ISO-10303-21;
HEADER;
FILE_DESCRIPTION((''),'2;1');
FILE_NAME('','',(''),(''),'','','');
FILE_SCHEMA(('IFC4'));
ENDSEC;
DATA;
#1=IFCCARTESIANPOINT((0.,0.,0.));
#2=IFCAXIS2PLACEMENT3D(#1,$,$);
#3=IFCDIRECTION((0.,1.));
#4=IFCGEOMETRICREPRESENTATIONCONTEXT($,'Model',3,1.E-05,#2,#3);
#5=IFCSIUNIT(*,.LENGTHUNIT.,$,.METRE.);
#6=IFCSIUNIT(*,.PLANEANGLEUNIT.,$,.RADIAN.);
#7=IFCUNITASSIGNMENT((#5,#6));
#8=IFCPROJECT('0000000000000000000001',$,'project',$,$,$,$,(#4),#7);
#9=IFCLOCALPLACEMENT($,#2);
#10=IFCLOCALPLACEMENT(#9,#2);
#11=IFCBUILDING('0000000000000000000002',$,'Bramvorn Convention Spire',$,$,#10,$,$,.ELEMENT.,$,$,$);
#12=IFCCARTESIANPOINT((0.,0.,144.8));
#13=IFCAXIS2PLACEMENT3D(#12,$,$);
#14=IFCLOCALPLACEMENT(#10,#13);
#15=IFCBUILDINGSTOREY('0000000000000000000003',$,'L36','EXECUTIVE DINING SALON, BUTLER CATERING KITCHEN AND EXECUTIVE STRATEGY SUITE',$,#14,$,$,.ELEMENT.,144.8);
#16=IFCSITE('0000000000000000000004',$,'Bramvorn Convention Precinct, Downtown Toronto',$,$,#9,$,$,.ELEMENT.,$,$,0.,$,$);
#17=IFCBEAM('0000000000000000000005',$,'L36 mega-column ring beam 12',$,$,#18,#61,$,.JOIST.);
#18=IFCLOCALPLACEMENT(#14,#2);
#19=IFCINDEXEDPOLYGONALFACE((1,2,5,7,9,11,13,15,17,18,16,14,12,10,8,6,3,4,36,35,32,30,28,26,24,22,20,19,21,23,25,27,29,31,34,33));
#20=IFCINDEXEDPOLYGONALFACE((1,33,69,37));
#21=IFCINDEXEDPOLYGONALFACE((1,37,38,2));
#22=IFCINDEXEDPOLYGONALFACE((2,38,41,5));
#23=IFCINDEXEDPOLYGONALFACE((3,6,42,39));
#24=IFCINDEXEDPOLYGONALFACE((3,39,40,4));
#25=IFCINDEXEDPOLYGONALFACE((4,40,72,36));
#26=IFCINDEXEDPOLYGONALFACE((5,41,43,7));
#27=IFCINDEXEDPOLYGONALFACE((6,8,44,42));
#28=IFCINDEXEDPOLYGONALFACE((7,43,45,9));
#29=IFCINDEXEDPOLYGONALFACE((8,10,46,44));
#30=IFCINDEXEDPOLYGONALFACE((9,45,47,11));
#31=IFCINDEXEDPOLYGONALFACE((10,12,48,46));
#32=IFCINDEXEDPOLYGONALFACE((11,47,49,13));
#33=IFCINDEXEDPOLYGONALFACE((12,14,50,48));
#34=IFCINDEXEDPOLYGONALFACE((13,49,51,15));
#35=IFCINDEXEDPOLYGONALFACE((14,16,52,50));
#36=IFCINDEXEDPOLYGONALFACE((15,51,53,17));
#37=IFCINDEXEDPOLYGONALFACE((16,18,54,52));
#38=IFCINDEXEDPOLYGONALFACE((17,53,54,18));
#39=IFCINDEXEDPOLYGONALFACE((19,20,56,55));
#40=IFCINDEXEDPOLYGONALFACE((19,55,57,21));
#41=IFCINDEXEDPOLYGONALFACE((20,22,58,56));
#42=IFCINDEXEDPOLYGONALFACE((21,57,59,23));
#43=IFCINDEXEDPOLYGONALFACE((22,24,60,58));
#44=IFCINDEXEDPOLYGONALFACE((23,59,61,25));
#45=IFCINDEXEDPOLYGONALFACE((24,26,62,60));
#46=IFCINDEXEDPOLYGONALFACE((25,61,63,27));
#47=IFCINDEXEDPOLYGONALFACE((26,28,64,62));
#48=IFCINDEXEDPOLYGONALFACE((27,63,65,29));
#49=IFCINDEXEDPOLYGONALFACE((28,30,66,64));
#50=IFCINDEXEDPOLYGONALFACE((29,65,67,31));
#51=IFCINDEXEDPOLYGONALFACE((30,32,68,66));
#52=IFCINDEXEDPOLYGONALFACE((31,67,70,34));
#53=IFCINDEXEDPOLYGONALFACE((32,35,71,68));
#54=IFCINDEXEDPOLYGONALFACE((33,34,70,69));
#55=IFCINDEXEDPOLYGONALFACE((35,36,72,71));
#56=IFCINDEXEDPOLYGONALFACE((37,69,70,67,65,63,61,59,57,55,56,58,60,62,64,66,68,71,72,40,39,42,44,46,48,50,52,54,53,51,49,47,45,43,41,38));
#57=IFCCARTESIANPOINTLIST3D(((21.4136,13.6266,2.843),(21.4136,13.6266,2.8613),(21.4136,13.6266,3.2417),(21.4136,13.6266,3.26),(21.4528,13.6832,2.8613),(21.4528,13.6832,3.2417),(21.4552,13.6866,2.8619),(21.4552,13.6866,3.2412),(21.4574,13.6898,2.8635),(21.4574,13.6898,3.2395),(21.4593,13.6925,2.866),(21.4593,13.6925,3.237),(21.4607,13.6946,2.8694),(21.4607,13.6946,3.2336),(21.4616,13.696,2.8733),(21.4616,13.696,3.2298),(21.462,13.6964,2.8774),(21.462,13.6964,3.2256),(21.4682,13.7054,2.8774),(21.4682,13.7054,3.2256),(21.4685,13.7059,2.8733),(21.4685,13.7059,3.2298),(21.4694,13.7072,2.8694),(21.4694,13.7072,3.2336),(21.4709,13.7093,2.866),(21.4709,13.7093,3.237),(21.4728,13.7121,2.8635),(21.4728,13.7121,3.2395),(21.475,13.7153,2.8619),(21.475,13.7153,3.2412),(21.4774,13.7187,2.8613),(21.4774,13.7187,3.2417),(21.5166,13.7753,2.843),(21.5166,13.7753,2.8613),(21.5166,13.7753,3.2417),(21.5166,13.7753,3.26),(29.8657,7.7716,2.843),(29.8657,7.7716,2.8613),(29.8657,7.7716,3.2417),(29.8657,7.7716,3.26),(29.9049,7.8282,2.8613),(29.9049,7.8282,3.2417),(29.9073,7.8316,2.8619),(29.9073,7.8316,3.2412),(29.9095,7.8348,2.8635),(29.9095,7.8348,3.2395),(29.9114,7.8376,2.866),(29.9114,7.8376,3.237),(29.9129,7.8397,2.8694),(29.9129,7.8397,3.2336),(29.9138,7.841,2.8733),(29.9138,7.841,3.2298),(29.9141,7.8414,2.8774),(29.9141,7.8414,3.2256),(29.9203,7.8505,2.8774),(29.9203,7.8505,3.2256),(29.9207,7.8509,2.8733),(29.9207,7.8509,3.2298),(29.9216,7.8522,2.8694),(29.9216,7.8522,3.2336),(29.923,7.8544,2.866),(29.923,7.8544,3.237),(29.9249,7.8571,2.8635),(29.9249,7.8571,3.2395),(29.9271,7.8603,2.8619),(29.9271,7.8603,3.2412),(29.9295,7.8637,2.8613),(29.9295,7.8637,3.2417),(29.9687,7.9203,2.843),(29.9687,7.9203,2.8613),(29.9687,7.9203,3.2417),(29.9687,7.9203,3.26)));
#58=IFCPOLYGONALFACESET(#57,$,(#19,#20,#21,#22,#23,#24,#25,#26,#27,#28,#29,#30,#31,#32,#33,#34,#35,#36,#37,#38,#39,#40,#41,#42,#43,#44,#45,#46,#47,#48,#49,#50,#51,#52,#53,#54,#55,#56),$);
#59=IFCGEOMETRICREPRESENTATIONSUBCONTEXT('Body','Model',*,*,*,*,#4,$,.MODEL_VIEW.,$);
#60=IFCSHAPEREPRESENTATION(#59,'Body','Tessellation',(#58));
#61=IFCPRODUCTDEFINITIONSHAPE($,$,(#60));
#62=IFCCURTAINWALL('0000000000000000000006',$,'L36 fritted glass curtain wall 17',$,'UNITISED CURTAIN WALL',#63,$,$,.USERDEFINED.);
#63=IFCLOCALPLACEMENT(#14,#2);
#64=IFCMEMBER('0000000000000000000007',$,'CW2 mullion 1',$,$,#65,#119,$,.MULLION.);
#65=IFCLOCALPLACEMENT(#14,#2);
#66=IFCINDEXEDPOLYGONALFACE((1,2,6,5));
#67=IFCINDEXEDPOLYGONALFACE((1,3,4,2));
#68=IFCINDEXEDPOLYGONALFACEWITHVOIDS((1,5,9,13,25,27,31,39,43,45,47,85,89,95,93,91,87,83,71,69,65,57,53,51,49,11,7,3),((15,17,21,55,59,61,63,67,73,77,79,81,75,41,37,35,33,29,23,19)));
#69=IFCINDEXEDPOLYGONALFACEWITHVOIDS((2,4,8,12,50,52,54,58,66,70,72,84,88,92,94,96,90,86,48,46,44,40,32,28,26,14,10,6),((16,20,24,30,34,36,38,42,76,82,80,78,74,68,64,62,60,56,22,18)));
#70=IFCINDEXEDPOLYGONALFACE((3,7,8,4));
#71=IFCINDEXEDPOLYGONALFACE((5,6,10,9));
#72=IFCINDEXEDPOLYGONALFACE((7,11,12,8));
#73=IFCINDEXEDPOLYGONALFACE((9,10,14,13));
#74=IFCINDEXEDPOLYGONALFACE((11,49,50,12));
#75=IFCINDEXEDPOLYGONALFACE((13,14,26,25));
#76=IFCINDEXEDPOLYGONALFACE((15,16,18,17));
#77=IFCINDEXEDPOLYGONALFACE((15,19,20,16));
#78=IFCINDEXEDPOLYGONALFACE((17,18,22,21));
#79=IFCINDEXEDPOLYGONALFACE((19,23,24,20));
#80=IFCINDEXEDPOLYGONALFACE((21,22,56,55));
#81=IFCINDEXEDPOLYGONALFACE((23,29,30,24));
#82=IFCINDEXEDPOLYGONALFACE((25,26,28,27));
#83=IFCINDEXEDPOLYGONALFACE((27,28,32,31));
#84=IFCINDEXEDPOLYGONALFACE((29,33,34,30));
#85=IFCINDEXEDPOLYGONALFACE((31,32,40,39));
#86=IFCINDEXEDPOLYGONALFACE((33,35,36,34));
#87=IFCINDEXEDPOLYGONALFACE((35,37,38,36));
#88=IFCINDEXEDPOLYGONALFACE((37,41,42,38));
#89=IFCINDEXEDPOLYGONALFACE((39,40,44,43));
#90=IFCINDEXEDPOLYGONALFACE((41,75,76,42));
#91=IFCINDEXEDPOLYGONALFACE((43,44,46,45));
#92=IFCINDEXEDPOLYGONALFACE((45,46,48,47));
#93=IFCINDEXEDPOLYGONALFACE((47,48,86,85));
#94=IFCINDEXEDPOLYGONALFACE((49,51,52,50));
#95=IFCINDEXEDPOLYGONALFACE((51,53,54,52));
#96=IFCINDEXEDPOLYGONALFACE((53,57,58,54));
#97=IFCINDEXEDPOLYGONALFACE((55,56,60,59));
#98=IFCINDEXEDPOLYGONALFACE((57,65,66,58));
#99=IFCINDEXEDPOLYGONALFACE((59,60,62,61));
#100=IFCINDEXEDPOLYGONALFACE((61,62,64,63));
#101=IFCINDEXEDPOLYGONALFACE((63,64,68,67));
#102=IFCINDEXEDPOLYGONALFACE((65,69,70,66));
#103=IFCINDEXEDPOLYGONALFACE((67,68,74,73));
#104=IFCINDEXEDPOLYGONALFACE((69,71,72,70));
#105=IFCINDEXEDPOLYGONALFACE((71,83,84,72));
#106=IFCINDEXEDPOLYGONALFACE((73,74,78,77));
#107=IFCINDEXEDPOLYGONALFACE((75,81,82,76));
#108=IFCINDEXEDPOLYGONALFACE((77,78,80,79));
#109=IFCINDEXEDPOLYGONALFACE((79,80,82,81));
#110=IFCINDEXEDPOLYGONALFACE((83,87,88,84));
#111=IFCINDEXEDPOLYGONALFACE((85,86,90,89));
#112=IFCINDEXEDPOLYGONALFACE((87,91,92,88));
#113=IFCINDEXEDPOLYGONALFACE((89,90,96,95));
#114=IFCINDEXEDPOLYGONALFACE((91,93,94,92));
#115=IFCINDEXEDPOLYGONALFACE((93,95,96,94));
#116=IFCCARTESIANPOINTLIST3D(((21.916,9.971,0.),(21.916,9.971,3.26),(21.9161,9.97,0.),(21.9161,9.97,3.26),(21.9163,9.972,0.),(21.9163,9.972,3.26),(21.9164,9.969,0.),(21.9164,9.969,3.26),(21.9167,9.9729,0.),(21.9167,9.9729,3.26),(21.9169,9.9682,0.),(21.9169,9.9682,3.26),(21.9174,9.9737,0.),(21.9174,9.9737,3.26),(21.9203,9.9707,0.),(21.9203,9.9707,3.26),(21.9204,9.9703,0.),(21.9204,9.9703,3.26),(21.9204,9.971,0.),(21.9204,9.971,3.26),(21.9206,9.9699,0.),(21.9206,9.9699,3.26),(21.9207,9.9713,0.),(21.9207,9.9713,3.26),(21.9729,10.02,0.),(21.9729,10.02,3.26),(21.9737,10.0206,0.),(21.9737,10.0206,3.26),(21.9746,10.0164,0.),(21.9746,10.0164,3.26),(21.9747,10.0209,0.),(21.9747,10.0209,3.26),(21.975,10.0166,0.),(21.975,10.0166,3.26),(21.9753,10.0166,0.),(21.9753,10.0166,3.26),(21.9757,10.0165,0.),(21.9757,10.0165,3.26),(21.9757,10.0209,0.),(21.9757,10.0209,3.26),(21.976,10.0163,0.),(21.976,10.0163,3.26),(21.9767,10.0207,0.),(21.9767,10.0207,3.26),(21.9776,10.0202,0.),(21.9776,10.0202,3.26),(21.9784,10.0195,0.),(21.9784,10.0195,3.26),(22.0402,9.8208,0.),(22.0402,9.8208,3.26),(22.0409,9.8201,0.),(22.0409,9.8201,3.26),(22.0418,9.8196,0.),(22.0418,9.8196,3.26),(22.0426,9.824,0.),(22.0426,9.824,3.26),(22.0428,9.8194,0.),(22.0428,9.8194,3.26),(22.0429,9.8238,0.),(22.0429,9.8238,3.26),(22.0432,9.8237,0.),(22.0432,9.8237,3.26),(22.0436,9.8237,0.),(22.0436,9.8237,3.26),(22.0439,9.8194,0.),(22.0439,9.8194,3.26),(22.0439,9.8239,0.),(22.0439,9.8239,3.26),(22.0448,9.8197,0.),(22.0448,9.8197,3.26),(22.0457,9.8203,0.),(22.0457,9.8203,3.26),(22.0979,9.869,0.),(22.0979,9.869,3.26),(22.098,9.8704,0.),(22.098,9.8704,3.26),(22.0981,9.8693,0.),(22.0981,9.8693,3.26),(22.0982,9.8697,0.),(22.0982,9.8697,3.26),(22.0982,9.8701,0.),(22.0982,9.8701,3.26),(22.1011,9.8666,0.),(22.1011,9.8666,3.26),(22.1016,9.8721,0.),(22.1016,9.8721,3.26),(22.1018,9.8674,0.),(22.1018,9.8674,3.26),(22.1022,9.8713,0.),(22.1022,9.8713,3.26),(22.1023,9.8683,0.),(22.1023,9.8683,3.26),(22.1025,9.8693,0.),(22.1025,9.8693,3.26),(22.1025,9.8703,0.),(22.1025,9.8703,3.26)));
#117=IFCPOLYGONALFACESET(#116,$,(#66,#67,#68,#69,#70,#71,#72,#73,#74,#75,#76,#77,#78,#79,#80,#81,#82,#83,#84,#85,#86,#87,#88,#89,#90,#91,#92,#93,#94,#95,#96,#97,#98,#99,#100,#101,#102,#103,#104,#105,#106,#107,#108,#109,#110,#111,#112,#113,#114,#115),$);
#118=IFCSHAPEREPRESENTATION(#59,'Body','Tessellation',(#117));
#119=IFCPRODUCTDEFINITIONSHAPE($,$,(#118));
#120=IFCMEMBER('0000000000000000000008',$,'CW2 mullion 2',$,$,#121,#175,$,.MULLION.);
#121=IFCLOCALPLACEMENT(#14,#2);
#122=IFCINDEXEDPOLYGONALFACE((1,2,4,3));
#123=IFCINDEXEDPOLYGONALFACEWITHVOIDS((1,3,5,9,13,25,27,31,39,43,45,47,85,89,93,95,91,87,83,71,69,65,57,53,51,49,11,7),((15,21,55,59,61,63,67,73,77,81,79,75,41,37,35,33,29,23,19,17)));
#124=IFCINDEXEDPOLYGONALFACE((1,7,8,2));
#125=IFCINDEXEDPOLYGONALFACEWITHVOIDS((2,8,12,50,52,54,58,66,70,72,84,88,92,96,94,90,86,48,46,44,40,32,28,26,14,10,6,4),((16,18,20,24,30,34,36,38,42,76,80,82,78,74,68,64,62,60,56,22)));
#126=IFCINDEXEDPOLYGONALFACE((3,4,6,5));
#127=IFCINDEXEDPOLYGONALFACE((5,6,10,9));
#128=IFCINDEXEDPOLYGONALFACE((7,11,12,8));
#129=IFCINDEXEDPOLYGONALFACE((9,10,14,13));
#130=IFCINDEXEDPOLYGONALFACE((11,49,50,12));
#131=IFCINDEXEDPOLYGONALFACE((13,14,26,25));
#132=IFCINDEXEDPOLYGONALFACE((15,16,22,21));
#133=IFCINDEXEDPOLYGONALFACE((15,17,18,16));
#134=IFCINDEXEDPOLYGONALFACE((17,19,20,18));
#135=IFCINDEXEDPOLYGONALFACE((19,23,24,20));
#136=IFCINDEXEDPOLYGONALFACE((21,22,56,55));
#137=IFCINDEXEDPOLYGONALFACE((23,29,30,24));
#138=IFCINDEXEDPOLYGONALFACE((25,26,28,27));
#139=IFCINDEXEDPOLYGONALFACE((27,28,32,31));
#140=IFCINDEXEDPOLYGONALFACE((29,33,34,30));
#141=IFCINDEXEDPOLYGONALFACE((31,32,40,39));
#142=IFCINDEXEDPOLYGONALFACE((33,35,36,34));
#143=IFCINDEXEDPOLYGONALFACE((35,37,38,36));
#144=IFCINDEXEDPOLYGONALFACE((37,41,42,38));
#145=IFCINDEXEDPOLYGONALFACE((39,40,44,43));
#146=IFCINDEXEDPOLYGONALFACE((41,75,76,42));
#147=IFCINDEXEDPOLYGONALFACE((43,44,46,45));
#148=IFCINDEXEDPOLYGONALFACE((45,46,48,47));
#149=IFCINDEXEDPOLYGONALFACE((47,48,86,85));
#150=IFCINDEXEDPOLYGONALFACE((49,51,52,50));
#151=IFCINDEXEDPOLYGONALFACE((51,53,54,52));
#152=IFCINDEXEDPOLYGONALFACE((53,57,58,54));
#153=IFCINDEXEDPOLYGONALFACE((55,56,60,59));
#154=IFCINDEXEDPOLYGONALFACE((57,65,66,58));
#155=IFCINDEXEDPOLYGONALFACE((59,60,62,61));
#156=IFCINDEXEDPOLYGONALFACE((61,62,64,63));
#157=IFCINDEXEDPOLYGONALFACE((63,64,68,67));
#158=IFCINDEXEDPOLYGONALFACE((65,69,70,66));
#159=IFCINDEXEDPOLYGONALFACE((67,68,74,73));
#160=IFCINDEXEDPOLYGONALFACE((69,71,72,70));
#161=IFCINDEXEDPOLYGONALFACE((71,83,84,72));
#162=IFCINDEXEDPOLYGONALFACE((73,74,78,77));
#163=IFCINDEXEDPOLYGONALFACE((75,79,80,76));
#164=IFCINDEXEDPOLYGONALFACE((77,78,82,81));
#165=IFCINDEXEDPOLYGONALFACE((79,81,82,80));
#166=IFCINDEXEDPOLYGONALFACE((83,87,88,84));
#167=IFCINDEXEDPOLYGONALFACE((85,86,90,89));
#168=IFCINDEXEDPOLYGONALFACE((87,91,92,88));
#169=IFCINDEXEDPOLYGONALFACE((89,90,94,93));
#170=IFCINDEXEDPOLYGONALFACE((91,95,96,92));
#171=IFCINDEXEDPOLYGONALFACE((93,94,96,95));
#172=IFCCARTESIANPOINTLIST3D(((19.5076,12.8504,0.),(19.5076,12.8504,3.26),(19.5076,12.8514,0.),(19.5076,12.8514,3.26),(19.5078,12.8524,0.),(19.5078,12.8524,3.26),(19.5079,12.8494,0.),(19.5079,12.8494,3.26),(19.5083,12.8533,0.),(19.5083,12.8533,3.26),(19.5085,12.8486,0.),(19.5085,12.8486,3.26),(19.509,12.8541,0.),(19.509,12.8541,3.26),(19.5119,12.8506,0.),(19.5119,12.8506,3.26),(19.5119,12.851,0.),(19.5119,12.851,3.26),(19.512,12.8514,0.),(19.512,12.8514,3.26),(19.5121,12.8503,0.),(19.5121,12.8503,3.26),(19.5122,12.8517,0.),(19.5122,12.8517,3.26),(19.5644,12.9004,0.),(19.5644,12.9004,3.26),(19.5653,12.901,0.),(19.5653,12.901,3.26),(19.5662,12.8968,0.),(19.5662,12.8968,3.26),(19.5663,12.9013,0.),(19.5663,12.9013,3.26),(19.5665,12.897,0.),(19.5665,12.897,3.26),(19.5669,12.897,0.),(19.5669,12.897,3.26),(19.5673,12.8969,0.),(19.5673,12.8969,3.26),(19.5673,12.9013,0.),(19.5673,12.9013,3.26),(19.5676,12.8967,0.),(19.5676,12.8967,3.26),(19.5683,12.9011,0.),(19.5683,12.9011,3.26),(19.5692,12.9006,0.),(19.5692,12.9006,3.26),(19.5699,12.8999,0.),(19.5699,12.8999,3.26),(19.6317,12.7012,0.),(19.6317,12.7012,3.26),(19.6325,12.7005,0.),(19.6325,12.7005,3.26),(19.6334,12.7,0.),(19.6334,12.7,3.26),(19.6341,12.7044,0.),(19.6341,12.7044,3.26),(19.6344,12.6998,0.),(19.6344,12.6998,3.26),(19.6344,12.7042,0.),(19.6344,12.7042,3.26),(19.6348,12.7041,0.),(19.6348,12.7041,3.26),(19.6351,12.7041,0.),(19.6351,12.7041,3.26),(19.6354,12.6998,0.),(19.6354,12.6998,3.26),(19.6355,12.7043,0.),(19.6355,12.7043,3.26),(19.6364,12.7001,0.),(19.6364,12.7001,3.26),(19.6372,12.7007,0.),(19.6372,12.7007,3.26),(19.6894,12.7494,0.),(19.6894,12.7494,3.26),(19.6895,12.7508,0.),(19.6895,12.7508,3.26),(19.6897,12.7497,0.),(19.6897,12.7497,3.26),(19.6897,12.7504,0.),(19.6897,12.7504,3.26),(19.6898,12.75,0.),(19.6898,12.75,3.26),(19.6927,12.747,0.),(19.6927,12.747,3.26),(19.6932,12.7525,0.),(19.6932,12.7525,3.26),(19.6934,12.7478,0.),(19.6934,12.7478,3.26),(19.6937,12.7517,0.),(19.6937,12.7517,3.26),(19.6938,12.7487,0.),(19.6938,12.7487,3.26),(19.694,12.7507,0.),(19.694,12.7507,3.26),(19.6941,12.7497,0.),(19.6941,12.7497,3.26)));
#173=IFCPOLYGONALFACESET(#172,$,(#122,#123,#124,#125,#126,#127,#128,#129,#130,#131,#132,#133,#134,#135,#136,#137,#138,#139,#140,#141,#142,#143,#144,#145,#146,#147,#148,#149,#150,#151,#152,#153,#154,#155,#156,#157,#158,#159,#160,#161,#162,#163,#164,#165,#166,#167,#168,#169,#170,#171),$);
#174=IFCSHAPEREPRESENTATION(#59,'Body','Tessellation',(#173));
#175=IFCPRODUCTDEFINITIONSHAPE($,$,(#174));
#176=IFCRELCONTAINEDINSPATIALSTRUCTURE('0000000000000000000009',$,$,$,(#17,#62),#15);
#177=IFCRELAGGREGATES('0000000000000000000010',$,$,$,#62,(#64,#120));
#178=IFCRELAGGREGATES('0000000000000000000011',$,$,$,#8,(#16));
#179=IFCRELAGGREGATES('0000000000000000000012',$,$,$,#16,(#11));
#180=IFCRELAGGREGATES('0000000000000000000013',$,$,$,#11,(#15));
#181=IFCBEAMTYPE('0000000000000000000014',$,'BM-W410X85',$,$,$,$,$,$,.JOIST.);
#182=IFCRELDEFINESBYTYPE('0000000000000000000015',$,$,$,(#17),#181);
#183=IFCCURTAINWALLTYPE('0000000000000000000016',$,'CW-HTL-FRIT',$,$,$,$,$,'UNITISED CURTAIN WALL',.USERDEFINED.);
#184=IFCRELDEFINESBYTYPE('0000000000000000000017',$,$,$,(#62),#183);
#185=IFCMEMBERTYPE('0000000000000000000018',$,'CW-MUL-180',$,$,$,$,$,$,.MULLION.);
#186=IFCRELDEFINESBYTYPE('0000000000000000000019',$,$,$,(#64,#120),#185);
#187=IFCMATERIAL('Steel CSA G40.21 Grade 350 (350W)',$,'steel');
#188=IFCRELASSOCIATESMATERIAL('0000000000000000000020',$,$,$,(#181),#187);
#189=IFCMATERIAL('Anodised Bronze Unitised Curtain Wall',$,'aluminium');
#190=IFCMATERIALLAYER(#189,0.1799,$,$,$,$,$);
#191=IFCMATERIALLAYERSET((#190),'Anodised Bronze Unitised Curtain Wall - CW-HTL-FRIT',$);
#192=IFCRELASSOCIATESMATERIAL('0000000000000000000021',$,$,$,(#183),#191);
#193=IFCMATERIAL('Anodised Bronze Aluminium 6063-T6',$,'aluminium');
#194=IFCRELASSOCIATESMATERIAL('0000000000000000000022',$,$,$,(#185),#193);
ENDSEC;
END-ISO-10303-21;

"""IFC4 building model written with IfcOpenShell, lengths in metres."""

from ifc_helpers import new_model, si_unit, direction, frame, origin, origin_2d, place, context, subcontext, project, spatial, hollow_rectangle, i_section, extrude, material, layer, layer_set, material_profile, profile_set, type_object, element, aggregate, save


model = new_model("IFC4")

# Units and contexts
model_context = context("Model", 3, precision=1e-05, world=origin(), true_north=direction((0.0, 1.0)))
body_context = subcontext(model_context, "Body", "Model", "MODEL_VIEW")
ifc_project = project(units=[si_unit("LENGTHUNIT", "METRE"), si_unit("PLANEANGLEUNIT", "RADIAN")], contexts=[model_context])

# Site, building, storey
site_placement = place(None, origin())
site = spatial("IfcSite", under=ifc_project, at=site_placement, Name="Bramvorn Convention Precinct, Downtown Toronto", CompositionType="ELEMENT", RefElevation=0.0)
building_placement = place(site_placement, origin())
building = spatial("IfcBuilding", under=site, at=building_placement, Name="Bramvorn Convention Spire", CompositionType="ELEMENT")
storey_placement = place(building_placement, frame((0.0, 0.0, 144.8)))
storey = spatial("IfcBuildingStorey", under=building, at=storey_placement, Name="L36", Description="EXECUTIVE DINING SALON, BUTLER CATERING KITCHEN AND EXECUTIVE STRATEGY SUITE", CompositionType="ELEMENT", Elevation=144.8)

# Shared definitions
ifc_material_1 = material(Name="Steel CSA G40.21 Grade 350 (350W)", Category="steel")

# Beam
ifc_material_profile_1 = material_profile(ifc_material_1, i_section(OverallWidth=0.1809, OverallDepth=0.417, WebThickness=0.011, FlangeThickness=0.0183, FilletRadius=0.0161, at=origin_2d()))
ifc_profile_set_1 = profile_set([ifc_material_profile_1], Name="Steel CSA G40.21 Grade 350 (350W) - W410X85")
beam_type_1 = type_object("IfcBeamType", Name="BM-W410X85", PredefinedType="JOIST", material=ifc_profile_set_1)
beam_1_placement = place(storey_placement, frame((21.4651, 13.7009, 3.0515), z_axis=(0.822033, -0.56944, 0.0), x_axis=(0.56944, 0.822033, 0.0)))
element("IfcBeam", 1, at=beam_1_placement, inside=storey, type_object=beam_type_1, Name="L36 mega-column ring beam 12", PredefinedType="JOIST", context=body_context, shape_type="SweptSolid", body=[
    extrude(i_section(OverallWidth=0.1809, OverallDepth=0.417, WebThickness=0.011, FlangeThickness=0.0183, FilletRadius=0.0161, at=origin_2d()), origin(), (0.0, 0.0, 1.0), 10.282),
])

# Curtain wall, members
ifc_material_2 = material(Name="Anodised Bronze Unitised Curtain Wall", Category="aluminium")
ifc_layer_1 = layer(ifc_material_2, 0.1799)
ifc_layer_set_1 = layer_set([ifc_layer_1], Name="Anodised Bronze Unitised Curtain Wall - CW-HTL-FRIT")
curtain_wall_type = type_object("IfcCurtainWallType", Name="CW-HTL-FRIT", ElementType="UNITISED CURTAIN WALL", PredefinedType="USERDEFINED", material=ifc_layer_set_1)
curtain_wall_placement = place(storey_placement, origin())
curtain_wall = element("IfcCurtainWall", 2, at=curtain_wall_placement, inside=storey, type_object=curtain_wall_type, Name="L36 fritted glass curtain wall 17", ObjectType="UNITISED CURTAIN WALL", PredefinedType="USERDEFINED")
ifc_material_3 = material(Name="Anodised Bronze Aluminium 6063-T6", Category="aluminium")
ifc_material_profile_2 = material_profile(ifc_material_3, hollow_rectangle(XDim=0.0801, YDim=0.2, WallThickness=0.0039, InnerFilletRadius=0.001, OuterFilletRadius=0.0039, at=origin_2d()))
ifc_profile_set_2 = profile_set([ifc_material_profile_2], Name="Anodised Bronze Aluminium 6063-T6 - CWM80X200")
member_type_1 = type_object("IfcMemberType", Name="CW-MUL-180", PredefinedType="MULLION", material=ifc_profile_set_2)
member_1_placement = place(storey_placement, frame((22.0093, 9.9202, 0.0), z_axis=(0.0, 0.0, 1.0), x_axis=(-0.767161, -0.641454, 0.0)))
member_1 = element("IfcMember", 3, at=member_1_placement, type_object=member_type_1, Name="CW2 mullion 1", PredefinedType="MULLION", context=body_context, shape_type="SweptSolid", body=[
    extrude(hollow_rectangle(XDim=0.0801, YDim=0.2, WallThickness=0.0039, InnerFilletRadius=0.001, OuterFilletRadius=0.0039, at=origin_2d()), origin(), (0.0, 0.0, 1.0), 3.26),
])
member_2_placement = place(storey_placement, frame((19.6008, 12.8005, 0.0), z_axis=(0.0, 0.0, 1.0), x_axis=(-0.767161, -0.641454, 0.0)))
member_2 = element("IfcMember", 4, at=member_2_placement, type_object=member_type_1, Name="CW2 mullion 2", PredefinedType="MULLION", context=body_context, shape_type="SweptSolid", body=[
    extrude(hollow_rectangle(XDim=0.0801, YDim=0.2, WallThickness=0.0039, InnerFilletRadius=0.001, OuterFilletRadius=0.0039, at=origin_2d()), origin(), (0.0, 0.0, 1.0), 3.26),
])
aggregate(curtain_wall, [member_1, member_2])

save(model, "model.ifc")
